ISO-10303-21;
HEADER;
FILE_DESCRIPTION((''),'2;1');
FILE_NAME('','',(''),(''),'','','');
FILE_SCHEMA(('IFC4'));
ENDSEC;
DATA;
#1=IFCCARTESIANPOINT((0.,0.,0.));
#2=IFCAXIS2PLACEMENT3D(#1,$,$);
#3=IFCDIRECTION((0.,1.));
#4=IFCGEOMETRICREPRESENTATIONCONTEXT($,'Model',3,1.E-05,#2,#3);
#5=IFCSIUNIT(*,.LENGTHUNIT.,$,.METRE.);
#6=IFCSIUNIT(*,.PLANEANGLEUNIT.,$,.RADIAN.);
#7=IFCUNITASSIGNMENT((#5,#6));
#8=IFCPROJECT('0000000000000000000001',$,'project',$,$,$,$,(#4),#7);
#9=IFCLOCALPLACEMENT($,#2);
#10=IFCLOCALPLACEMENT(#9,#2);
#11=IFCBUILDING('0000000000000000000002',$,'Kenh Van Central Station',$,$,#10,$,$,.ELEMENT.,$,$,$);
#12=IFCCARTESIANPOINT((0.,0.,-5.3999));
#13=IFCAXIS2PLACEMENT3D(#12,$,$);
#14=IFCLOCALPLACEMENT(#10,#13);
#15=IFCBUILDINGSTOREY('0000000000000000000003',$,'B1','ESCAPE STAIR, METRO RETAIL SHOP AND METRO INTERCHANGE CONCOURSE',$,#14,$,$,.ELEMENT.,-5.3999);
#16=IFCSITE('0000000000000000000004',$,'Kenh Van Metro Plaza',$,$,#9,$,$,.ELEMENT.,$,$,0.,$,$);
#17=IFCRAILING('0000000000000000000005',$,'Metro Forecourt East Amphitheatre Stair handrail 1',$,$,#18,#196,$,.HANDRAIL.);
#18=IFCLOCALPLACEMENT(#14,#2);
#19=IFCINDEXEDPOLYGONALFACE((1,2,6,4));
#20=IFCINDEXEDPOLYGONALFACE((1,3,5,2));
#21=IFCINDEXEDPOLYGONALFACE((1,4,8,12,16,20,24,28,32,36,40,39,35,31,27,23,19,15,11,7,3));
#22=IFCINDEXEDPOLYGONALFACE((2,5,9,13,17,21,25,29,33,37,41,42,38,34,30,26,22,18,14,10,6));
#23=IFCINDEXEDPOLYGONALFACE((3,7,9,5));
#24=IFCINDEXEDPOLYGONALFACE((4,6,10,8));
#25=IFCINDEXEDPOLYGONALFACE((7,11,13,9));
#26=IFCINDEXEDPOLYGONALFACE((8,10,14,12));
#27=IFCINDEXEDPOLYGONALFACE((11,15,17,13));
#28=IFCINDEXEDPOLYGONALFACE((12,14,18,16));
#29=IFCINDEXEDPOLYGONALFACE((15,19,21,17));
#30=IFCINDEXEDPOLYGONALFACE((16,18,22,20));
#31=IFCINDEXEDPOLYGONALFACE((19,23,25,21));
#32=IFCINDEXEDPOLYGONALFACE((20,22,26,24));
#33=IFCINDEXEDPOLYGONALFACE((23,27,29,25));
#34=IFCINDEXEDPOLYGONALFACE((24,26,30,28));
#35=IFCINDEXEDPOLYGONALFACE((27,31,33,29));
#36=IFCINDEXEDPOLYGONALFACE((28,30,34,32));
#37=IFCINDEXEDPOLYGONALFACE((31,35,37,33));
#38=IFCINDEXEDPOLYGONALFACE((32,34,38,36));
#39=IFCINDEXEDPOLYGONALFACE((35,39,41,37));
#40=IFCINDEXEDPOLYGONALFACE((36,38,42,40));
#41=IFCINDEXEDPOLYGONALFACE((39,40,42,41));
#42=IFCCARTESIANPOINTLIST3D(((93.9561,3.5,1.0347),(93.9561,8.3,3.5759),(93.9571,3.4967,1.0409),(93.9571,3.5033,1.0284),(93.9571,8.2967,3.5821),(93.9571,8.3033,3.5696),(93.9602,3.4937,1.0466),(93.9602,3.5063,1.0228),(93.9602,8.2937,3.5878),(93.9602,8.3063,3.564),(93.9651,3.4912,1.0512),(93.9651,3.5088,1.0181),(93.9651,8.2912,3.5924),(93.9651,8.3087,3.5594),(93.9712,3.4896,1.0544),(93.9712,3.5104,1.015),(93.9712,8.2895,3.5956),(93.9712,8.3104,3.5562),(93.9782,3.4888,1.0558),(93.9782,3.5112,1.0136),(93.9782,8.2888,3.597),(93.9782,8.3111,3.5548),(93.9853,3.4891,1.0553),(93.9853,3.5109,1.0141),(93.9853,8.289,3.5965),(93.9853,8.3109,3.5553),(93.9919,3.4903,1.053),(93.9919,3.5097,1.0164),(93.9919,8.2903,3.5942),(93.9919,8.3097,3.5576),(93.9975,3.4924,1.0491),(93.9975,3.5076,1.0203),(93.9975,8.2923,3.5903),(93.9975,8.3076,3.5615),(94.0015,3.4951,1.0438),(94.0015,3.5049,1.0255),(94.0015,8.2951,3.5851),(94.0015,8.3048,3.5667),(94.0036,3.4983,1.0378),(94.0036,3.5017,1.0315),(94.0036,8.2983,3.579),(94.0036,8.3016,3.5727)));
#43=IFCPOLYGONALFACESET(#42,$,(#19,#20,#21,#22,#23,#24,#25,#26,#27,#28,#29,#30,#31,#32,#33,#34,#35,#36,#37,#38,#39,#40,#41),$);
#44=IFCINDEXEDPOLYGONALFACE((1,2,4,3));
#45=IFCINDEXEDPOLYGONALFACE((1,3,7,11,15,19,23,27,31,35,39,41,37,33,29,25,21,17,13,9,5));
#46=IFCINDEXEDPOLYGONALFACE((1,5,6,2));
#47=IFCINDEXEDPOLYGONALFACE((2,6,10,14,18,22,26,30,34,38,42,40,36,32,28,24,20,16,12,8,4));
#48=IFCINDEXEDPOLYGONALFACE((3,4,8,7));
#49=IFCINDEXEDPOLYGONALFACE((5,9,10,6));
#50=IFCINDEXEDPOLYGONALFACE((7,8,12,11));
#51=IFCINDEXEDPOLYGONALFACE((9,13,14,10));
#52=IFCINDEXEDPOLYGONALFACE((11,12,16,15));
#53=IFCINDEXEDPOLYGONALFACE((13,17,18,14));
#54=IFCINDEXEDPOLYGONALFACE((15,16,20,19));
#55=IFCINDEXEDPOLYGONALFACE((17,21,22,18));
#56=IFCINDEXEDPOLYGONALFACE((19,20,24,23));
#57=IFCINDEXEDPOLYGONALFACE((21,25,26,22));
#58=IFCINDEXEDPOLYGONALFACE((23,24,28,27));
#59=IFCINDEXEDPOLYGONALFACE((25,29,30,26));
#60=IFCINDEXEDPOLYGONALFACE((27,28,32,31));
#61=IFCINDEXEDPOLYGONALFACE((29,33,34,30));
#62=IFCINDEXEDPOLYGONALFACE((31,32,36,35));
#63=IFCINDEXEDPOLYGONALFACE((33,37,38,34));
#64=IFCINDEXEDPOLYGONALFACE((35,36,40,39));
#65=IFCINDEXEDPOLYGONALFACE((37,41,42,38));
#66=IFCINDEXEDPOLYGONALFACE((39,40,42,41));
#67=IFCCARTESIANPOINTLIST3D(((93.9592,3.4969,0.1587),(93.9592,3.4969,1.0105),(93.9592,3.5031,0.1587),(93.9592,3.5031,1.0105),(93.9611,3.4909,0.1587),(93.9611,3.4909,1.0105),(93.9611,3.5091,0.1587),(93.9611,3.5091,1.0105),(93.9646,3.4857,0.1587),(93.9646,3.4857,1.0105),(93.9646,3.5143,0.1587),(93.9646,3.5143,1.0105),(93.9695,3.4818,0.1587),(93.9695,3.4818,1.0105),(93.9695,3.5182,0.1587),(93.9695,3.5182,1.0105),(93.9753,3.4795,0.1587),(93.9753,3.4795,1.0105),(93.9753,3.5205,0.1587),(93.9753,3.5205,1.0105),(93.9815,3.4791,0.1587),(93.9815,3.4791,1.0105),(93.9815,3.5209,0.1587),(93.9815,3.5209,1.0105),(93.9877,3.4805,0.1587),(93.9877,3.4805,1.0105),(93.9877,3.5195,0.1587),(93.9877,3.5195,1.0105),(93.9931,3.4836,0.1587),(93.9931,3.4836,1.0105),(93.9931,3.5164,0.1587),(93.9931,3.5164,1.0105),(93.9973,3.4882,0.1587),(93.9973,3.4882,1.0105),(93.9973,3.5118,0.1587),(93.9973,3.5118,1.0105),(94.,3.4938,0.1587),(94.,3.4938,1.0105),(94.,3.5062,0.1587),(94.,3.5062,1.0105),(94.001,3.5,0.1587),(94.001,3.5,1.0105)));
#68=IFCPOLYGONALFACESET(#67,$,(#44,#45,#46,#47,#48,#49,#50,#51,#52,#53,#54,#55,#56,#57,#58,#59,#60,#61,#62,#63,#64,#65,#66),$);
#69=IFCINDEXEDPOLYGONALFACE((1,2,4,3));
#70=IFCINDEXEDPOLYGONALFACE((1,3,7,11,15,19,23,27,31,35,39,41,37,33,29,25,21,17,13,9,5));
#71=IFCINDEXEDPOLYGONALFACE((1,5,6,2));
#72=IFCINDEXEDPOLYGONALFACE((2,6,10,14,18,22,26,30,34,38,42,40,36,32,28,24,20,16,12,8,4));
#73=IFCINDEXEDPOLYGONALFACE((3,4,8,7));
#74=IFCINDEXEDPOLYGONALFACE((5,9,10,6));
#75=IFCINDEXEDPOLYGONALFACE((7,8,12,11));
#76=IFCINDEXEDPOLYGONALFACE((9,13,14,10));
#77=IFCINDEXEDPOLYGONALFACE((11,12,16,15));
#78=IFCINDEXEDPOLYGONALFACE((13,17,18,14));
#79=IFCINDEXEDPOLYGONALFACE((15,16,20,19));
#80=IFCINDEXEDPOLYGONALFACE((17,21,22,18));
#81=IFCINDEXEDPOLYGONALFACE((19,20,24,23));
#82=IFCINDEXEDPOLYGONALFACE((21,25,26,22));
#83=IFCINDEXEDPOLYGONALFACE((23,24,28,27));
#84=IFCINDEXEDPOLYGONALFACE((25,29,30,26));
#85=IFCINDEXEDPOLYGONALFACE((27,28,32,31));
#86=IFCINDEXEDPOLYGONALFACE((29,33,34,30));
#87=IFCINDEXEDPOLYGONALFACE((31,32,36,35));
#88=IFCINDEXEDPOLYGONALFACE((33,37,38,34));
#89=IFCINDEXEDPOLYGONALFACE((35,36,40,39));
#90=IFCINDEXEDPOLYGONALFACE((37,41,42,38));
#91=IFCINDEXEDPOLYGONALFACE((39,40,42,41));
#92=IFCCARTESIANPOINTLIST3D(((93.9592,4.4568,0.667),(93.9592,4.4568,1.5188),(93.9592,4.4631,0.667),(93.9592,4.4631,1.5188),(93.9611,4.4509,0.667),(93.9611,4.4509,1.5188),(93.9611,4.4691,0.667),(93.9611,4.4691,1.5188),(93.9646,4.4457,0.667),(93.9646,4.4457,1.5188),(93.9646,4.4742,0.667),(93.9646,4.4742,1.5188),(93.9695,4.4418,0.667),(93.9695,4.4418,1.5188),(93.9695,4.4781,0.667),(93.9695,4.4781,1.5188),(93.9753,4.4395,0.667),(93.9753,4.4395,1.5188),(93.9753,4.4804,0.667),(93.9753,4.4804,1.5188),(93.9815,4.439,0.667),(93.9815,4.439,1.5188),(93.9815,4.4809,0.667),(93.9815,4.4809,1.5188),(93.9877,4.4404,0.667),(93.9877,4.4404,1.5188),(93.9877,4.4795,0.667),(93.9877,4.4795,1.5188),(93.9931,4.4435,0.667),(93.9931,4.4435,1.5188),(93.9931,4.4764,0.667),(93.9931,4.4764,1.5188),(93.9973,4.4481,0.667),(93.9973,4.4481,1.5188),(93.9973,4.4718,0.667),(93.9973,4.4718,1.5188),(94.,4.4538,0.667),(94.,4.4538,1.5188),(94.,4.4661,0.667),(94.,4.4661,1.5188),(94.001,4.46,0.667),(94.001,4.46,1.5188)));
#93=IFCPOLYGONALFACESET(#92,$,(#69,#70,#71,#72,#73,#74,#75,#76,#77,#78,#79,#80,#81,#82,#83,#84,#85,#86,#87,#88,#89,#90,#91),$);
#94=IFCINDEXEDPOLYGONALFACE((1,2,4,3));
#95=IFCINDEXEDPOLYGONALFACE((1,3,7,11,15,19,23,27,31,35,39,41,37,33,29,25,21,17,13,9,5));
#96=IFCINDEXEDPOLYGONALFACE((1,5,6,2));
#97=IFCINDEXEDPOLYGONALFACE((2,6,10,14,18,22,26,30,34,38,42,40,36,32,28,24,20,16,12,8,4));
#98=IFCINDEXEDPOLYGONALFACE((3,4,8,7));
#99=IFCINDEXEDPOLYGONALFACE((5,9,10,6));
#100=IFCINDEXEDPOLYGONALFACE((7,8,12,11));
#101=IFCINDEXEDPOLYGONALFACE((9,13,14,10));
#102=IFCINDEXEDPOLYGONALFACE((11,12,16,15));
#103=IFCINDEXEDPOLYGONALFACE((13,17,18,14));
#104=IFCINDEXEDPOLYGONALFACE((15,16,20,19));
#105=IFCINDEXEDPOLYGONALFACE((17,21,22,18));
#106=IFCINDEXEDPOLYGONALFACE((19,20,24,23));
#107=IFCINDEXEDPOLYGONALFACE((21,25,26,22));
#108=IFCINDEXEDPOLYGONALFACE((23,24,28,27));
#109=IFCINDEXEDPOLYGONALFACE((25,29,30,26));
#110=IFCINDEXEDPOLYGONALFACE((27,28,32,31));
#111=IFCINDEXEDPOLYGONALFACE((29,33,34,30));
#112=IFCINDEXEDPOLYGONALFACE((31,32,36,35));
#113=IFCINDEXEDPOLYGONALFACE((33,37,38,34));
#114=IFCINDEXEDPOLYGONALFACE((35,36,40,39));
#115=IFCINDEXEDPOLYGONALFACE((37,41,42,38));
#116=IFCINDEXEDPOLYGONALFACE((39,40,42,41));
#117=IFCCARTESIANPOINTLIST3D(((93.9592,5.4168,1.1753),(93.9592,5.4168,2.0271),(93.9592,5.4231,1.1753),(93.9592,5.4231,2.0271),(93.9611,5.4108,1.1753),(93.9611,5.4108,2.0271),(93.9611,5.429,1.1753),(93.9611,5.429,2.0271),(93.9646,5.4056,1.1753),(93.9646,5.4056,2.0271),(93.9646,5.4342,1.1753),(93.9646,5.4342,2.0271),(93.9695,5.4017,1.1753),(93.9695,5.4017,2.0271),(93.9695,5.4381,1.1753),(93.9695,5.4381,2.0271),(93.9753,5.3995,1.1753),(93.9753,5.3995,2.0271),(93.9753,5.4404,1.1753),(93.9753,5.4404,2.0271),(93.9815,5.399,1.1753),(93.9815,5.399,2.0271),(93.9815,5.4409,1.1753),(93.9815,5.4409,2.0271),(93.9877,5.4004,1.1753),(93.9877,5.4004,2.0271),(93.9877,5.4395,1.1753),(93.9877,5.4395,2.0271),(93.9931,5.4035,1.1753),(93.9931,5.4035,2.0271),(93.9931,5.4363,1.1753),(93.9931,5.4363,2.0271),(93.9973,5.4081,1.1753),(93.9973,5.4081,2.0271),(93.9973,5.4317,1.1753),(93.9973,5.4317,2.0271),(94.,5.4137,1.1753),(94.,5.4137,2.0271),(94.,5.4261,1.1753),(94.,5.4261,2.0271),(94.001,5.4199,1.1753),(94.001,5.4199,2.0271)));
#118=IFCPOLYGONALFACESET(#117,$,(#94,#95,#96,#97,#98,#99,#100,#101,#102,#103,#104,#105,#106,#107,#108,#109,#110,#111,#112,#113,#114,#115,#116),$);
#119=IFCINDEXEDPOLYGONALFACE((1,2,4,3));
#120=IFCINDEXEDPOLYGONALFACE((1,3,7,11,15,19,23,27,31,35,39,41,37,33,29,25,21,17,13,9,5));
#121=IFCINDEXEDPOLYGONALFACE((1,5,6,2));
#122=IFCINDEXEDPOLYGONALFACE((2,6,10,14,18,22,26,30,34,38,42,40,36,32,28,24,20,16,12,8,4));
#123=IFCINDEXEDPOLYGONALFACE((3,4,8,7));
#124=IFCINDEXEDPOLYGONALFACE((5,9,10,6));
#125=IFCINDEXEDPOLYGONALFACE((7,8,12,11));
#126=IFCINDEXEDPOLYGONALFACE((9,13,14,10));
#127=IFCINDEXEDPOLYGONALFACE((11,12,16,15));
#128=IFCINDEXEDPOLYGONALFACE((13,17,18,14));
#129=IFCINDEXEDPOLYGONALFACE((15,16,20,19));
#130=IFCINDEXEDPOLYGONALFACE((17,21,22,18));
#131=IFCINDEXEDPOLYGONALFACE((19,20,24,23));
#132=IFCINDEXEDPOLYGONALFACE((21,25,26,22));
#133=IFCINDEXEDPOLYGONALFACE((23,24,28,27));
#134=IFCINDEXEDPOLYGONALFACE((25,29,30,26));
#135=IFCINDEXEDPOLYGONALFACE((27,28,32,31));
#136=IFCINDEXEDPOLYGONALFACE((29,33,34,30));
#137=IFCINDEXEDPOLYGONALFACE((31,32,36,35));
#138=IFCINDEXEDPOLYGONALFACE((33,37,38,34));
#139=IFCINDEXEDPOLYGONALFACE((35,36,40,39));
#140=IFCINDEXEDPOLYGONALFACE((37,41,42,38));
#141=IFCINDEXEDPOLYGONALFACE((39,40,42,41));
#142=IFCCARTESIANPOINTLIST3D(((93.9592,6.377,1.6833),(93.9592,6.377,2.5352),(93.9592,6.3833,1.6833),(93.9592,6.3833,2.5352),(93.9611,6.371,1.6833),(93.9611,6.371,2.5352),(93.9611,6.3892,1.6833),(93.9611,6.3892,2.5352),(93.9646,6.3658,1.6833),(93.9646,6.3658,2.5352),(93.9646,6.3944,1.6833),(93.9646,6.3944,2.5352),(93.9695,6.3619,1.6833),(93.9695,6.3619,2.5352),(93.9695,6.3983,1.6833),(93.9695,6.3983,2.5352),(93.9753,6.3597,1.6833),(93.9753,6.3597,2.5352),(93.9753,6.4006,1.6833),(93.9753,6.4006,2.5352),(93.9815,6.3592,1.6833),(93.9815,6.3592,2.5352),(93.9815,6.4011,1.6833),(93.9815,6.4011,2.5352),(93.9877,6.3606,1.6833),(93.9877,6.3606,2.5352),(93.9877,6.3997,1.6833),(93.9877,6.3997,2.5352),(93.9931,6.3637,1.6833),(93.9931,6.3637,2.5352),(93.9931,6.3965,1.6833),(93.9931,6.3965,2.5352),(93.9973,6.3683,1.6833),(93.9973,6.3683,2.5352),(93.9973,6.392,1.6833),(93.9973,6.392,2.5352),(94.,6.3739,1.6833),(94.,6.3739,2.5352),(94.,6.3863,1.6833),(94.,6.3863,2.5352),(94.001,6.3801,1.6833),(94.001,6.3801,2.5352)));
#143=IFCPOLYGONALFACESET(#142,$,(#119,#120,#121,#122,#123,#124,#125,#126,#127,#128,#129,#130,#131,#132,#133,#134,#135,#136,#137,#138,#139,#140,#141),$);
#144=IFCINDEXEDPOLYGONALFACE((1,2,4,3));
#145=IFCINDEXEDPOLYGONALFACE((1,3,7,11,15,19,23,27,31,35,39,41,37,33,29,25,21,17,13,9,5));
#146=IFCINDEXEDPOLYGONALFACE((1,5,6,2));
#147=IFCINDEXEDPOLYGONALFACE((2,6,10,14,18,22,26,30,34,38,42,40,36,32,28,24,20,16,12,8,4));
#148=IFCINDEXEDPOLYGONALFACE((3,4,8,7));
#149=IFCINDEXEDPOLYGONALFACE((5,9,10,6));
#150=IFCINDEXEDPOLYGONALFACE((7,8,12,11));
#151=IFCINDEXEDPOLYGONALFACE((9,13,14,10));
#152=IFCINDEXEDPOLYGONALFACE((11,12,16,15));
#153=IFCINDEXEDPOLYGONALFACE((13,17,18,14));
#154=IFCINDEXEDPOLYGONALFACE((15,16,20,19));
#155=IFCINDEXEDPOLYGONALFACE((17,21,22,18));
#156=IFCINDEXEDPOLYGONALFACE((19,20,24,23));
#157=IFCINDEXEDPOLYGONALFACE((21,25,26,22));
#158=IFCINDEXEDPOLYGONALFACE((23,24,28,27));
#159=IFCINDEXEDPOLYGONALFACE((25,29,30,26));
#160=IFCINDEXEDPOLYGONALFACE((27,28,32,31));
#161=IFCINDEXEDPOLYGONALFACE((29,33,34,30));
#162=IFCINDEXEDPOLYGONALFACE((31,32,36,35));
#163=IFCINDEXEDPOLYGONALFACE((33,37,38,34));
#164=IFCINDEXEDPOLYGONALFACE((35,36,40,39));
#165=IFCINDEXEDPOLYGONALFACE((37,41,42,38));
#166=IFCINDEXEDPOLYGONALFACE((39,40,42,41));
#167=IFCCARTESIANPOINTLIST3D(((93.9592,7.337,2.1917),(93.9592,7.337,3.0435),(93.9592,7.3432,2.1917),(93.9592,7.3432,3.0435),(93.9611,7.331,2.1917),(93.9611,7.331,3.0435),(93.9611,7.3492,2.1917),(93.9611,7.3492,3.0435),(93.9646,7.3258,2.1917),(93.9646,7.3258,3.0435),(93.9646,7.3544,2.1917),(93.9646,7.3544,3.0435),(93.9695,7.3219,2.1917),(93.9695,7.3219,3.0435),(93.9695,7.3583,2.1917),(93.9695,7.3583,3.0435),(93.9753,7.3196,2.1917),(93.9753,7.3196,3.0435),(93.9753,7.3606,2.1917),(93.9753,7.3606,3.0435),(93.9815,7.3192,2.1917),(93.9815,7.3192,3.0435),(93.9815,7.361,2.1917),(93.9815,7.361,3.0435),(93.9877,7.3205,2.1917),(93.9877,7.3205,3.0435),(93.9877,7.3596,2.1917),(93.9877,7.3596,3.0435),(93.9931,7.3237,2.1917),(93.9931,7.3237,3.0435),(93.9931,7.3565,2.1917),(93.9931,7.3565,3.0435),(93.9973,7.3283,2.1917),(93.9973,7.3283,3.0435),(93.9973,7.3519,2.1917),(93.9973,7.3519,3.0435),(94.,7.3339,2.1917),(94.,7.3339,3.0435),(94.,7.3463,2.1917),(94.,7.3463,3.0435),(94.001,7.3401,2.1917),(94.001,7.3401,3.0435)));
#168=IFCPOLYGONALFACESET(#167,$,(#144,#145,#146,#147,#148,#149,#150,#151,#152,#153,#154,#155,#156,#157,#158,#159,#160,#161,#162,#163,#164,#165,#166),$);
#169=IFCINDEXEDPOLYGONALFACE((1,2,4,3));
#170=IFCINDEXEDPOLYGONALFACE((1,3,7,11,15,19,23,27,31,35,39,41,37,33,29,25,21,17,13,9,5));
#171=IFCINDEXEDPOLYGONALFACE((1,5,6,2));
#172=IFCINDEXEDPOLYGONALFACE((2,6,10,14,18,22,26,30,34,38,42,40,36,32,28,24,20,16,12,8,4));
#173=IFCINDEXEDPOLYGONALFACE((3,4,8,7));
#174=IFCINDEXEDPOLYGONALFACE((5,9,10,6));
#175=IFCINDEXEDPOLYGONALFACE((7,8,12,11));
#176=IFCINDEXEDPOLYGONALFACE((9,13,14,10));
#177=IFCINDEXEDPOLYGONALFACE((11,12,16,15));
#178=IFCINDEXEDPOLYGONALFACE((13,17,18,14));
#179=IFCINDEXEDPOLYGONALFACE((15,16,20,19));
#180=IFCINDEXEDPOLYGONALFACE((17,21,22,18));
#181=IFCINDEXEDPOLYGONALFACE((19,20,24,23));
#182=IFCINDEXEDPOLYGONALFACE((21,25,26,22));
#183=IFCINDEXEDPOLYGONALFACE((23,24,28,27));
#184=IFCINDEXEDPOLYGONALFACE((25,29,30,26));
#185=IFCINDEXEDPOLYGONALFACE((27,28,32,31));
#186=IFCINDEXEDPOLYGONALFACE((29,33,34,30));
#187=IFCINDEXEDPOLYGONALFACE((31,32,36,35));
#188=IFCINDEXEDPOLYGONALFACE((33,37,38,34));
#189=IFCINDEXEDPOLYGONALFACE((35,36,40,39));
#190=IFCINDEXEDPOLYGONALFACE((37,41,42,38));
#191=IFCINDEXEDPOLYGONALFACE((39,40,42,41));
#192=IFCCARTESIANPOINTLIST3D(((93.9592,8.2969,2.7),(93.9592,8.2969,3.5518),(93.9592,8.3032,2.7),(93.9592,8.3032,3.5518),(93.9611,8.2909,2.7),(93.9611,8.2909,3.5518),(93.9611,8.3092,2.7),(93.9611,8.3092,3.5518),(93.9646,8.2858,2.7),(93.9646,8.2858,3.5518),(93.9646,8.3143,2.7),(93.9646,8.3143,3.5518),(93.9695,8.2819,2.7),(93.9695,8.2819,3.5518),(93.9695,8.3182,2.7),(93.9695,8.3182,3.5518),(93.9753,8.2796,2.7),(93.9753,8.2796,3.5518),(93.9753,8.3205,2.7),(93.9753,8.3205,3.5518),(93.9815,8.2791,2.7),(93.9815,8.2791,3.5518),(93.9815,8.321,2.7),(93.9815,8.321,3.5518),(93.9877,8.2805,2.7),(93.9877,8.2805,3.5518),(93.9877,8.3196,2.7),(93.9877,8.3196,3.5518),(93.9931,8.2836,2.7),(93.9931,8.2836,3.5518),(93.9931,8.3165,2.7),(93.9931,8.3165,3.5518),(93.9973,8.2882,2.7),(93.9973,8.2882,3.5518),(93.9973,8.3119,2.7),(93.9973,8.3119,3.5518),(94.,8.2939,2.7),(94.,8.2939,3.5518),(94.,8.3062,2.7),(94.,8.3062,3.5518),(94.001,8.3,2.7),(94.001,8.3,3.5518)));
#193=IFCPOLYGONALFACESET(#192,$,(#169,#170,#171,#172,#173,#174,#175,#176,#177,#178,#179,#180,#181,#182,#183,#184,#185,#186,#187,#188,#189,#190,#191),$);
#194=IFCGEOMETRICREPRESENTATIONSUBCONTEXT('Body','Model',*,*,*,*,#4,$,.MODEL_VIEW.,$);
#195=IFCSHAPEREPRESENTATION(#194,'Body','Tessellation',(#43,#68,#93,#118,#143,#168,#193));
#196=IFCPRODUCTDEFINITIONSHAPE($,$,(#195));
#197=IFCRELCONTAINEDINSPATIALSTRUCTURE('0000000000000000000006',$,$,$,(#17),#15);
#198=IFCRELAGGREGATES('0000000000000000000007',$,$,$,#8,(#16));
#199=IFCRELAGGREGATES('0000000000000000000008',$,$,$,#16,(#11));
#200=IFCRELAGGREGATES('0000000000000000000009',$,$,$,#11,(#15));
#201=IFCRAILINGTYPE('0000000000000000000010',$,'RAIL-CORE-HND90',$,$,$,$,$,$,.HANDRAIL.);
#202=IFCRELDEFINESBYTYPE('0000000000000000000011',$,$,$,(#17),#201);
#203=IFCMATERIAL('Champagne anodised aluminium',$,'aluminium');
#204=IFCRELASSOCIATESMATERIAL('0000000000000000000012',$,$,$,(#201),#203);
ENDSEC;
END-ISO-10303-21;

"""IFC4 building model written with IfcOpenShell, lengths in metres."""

from ifc_helpers import new_model, si_unit, direction, frame, origin, origin_2d, place, context, subcontext, project, spatial, circle, extrude, material, type_object, element, save


model = new_model("IFC4")

# Units and contexts
model_context = context("Model", 3, precision=1e-05, world=origin(), true_north=direction((0.0, 1.0)))
body_context = subcontext(model_context, "Body", "Model", "MODEL_VIEW")
ifc_project = project(units=[si_unit("LENGTHUNIT", "METRE"), si_unit("PLANEANGLEUNIT", "RADIAN")], contexts=[model_context])

# Site, building, storey
site_placement = place(None, origin())
site = spatial("IfcSite", under=ifc_project, at=site_placement, Name="Kenh Van Metro Plaza", CompositionType="ELEMENT", RefElevation=0.0)
building_placement = place(site_placement, origin())
building = spatial("IfcBuilding", under=site, at=building_placement, Name="Kenh Van Central Station", CompositionType="ELEMENT")
storey_placement = place(building_placement, frame((0.0, 0.0, -5.3999)))
storey = spatial("IfcBuildingStorey", under=building, at=storey_placement, Name="B1", Description="ESCAPE STAIR, METRO RETAIL SHOP AND METRO INTERCHANGE CONCOURSE", CompositionType="ELEMENT", Elevation=-5.3999)

# Railing
ifc_material_1 = material(Name="Champagne anodised aluminium", Category="aluminium")
railing_type_1 = type_object("IfcRailingType", Name="RAIL-CORE-HND90", PredefinedType="HANDRAIL", material=ifc_material_1)
for number, where, name in (
    (1, (93.98, 3.5, 0.1587), "Metro Forecourt East Amphitheatre Stair handrail 1"),
):
    element("IfcRailing", number, at=place(storey_placement, frame(where)), inside=storey, type_object=railing_type_1, Name=name, PredefinedType="HANDRAIL", context=body_context, shape_type="SweptSolid", body=[
        extrude(circle(Radius=0.0239, at=origin_2d()), frame((0.0, 0.0, 0.876), z_axis=(0.0, 0.883784, 0.467896), x_axis=(-1.0, 0.0, 0.0)), (0.0, 0.0, 1.0), 5.4312),
        extrude(circle(Radius=0.021, at=origin_2d()), origin(), (0.0, 0.0, 1.0), 0.8518),
        extrude(circle(Radius=0.021, at=origin_2d()), frame((0.0, 0.96, 0.5083)), (0.0, 0.0, 1.0), 0.8518),
        extrude(circle(Radius=0.021, at=origin_2d()), frame((0.0, 1.9199, 1.0166)), (0.0, 0.0, 1.0), 0.8518),
        extrude(circle(Radius=0.021, at=origin_2d()), frame((0.0, 2.8801, 1.5247)), (0.0, 0.0, 1.0), 0.8518),
        extrude(circle(Radius=0.021, at=origin_2d()), frame((0.0, 3.8401, 2.033)), (0.0, 0.0, 1.0), 0.8518),
        extrude(circle(Radius=0.021, at=origin_2d()), frame((0.0, 4.8, 2.5413)), (0.0, 0.0, 1.0), 0.8518),
    ])

save(model, "model.ifc")
